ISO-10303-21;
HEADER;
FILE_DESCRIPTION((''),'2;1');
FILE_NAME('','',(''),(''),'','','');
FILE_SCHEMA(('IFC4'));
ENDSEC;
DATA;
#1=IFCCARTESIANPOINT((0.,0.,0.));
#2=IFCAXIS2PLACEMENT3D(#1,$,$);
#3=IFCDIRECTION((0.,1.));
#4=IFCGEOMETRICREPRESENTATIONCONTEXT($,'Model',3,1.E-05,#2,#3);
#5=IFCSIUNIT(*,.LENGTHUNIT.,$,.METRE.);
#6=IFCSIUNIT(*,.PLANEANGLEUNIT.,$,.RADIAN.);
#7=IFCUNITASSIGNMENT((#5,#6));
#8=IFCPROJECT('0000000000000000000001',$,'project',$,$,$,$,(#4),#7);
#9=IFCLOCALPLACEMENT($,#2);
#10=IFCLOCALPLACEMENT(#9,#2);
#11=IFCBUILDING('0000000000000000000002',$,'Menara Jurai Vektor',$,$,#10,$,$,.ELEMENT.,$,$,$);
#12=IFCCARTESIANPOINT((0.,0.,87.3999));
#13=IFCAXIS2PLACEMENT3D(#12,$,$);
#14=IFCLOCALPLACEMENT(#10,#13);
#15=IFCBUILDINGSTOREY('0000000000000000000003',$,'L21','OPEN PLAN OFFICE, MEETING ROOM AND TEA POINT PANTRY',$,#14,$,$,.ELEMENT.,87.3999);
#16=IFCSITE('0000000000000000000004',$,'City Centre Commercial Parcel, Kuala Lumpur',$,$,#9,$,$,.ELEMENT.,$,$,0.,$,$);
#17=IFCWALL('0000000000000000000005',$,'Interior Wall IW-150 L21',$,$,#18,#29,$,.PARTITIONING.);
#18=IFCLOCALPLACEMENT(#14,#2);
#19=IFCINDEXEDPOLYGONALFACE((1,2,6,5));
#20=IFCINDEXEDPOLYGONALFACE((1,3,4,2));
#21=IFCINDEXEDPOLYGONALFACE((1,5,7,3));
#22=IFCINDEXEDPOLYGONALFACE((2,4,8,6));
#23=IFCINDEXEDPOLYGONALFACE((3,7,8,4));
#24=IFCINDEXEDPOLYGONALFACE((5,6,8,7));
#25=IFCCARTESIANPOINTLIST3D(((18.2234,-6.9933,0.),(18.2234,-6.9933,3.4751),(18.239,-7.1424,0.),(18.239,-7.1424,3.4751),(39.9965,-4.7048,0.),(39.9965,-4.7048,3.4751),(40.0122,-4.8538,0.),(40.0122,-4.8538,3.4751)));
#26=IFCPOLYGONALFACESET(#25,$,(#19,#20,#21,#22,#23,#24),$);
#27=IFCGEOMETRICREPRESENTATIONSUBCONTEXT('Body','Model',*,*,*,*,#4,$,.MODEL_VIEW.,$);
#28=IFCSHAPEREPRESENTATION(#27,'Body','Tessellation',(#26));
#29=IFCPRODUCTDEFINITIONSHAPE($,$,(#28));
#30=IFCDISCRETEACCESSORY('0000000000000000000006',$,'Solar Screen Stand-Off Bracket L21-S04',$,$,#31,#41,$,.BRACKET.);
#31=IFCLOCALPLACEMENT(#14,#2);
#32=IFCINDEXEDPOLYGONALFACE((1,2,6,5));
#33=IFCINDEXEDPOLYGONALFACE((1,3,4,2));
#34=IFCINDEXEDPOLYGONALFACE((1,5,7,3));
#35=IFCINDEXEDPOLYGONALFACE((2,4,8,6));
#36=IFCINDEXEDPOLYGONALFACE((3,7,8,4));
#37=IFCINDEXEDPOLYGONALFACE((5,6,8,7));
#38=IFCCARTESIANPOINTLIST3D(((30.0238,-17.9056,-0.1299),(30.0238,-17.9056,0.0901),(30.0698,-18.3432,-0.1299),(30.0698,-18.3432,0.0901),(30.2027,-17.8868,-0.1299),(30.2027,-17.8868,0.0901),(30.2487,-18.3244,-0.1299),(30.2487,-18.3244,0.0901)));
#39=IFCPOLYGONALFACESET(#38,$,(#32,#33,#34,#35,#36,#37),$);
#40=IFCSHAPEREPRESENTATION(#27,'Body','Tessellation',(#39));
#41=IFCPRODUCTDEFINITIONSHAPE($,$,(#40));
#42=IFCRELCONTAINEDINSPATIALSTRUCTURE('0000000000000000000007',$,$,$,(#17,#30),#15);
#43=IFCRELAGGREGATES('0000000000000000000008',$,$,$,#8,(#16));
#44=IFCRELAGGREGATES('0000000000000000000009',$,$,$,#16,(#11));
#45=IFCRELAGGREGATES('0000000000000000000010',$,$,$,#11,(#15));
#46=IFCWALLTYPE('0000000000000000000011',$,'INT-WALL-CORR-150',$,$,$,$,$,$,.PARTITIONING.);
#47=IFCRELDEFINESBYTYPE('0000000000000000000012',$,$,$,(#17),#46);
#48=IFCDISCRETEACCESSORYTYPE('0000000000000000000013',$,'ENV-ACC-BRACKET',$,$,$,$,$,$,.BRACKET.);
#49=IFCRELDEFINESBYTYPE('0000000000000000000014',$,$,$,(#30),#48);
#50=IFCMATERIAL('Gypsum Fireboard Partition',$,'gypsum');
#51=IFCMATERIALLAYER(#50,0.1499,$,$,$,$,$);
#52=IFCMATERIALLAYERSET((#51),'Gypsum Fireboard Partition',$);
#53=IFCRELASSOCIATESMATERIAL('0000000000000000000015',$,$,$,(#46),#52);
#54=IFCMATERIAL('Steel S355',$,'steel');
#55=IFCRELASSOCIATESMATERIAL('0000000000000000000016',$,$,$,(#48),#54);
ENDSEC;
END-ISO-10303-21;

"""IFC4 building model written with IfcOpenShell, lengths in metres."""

from ifc_helpers import new_model, si_unit, direction, frame, frame_2d, origin, origin_2d, place, context, subcontext, project, spatial, rectangle, extrude, material, layer, layer_set, type_object, element, save


model = new_model("IFC4")

# Units and contexts
model_context = context("Model", 3, precision=1e-05, world=origin(), true_north=direction((0.0, 1.0)))
body_context = subcontext(model_context, "Body", "Model", "MODEL_VIEW")
ifc_project = project(units=[si_unit("LENGTHUNIT", "METRE"), si_unit("PLANEANGLEUNIT", "RADIAN")], contexts=[model_context])

# Site, building, storey
site_placement = place(None, origin())
site = spatial("IfcSite", under=ifc_project, at=site_placement, Name="City Centre Commercial Parcel, Kuala Lumpur", CompositionType="ELEMENT", RefElevation=0.0)
building_placement = place(site_placement, origin())
building = spatial("IfcBuilding", under=site, at=building_placement, Name="Menara Jurai Vektor", CompositionType="ELEMENT")
storey_placement = place(building_placement, frame((0.0, 0.0, 87.3999)))
storey = spatial("IfcBuildingStorey", under=building, at=storey_placement, Name="L21", Description="OPEN PLAN OFFICE, MEETING ROOM AND TEA POINT PANTRY", CompositionType="ELEMENT", Elevation=87.3999)

# Shared definitions
ifc_material_1 = material(Name="Steel S355", Category="steel")

# Shared definitions
ifc_material_2 = material(Name="Gypsum Fireboard Partition", Category="gypsum")
ifc_layer_1 = layer(ifc_material_2, 0.1499)
ifc_layer_set_1 = layer_set([ifc_layer_1], Name="Gypsum Fireboard Partition")
wall_type = type_object("IfcWallType", Name="INT-WALL-CORR-150", PredefinedType="PARTITIONING", material=ifc_layer_set_1)

# Wall
wall_1_placement = place(storey_placement, frame((18.2312, -7.0679, 0.0), z_axis=(0.0, 0.0, 1.0), x_axis=(0.994521, 0.104534, 0.0)))
element("IfcWall", 1, at=wall_1_placement, inside=storey, type_object=wall_type, Name="Interior Wall IW-150 L21", PredefinedType="PARTITIONING", context=body_context, shape_type="SweptSolid", body=[
    extrude(rectangle(XDim=21.8931, YDim=0.1499, at=frame_2d((10.9465, 0.0))), origin(), (0.0, 0.0, 1.0), 3.4751),
])

# Discrete accessory
discrete_accessory_type = type_object("IfcDiscreteAccessoryType", Name="ENV-ACC-BRACKET", PredefinedType="BRACKET", material=ifc_material_1)
discrete_accessory_placement = place(storey_placement, frame((30.1362, -18.115, -0.1299), z_axis=(0.0, 0.0, 1.0), x_axis=(0.994522, 0.104528, 0.0)))
element("IfcDiscreteAccessory", 2, at=discrete_accessory_placement, inside=storey, type_object=discrete_accessory_type, Name="Solar Screen Stand-Off Bracket L21-S04", PredefinedType="BRACKET", context=body_context, shape_type="SweptSolid", body=[
    extrude(rectangle(XDim=0.1799, YDim=0.4399, at=origin_2d()), origin(), (0.0, 0.0, 1.0), 0.22),
])

save(model, "model.ifc")
